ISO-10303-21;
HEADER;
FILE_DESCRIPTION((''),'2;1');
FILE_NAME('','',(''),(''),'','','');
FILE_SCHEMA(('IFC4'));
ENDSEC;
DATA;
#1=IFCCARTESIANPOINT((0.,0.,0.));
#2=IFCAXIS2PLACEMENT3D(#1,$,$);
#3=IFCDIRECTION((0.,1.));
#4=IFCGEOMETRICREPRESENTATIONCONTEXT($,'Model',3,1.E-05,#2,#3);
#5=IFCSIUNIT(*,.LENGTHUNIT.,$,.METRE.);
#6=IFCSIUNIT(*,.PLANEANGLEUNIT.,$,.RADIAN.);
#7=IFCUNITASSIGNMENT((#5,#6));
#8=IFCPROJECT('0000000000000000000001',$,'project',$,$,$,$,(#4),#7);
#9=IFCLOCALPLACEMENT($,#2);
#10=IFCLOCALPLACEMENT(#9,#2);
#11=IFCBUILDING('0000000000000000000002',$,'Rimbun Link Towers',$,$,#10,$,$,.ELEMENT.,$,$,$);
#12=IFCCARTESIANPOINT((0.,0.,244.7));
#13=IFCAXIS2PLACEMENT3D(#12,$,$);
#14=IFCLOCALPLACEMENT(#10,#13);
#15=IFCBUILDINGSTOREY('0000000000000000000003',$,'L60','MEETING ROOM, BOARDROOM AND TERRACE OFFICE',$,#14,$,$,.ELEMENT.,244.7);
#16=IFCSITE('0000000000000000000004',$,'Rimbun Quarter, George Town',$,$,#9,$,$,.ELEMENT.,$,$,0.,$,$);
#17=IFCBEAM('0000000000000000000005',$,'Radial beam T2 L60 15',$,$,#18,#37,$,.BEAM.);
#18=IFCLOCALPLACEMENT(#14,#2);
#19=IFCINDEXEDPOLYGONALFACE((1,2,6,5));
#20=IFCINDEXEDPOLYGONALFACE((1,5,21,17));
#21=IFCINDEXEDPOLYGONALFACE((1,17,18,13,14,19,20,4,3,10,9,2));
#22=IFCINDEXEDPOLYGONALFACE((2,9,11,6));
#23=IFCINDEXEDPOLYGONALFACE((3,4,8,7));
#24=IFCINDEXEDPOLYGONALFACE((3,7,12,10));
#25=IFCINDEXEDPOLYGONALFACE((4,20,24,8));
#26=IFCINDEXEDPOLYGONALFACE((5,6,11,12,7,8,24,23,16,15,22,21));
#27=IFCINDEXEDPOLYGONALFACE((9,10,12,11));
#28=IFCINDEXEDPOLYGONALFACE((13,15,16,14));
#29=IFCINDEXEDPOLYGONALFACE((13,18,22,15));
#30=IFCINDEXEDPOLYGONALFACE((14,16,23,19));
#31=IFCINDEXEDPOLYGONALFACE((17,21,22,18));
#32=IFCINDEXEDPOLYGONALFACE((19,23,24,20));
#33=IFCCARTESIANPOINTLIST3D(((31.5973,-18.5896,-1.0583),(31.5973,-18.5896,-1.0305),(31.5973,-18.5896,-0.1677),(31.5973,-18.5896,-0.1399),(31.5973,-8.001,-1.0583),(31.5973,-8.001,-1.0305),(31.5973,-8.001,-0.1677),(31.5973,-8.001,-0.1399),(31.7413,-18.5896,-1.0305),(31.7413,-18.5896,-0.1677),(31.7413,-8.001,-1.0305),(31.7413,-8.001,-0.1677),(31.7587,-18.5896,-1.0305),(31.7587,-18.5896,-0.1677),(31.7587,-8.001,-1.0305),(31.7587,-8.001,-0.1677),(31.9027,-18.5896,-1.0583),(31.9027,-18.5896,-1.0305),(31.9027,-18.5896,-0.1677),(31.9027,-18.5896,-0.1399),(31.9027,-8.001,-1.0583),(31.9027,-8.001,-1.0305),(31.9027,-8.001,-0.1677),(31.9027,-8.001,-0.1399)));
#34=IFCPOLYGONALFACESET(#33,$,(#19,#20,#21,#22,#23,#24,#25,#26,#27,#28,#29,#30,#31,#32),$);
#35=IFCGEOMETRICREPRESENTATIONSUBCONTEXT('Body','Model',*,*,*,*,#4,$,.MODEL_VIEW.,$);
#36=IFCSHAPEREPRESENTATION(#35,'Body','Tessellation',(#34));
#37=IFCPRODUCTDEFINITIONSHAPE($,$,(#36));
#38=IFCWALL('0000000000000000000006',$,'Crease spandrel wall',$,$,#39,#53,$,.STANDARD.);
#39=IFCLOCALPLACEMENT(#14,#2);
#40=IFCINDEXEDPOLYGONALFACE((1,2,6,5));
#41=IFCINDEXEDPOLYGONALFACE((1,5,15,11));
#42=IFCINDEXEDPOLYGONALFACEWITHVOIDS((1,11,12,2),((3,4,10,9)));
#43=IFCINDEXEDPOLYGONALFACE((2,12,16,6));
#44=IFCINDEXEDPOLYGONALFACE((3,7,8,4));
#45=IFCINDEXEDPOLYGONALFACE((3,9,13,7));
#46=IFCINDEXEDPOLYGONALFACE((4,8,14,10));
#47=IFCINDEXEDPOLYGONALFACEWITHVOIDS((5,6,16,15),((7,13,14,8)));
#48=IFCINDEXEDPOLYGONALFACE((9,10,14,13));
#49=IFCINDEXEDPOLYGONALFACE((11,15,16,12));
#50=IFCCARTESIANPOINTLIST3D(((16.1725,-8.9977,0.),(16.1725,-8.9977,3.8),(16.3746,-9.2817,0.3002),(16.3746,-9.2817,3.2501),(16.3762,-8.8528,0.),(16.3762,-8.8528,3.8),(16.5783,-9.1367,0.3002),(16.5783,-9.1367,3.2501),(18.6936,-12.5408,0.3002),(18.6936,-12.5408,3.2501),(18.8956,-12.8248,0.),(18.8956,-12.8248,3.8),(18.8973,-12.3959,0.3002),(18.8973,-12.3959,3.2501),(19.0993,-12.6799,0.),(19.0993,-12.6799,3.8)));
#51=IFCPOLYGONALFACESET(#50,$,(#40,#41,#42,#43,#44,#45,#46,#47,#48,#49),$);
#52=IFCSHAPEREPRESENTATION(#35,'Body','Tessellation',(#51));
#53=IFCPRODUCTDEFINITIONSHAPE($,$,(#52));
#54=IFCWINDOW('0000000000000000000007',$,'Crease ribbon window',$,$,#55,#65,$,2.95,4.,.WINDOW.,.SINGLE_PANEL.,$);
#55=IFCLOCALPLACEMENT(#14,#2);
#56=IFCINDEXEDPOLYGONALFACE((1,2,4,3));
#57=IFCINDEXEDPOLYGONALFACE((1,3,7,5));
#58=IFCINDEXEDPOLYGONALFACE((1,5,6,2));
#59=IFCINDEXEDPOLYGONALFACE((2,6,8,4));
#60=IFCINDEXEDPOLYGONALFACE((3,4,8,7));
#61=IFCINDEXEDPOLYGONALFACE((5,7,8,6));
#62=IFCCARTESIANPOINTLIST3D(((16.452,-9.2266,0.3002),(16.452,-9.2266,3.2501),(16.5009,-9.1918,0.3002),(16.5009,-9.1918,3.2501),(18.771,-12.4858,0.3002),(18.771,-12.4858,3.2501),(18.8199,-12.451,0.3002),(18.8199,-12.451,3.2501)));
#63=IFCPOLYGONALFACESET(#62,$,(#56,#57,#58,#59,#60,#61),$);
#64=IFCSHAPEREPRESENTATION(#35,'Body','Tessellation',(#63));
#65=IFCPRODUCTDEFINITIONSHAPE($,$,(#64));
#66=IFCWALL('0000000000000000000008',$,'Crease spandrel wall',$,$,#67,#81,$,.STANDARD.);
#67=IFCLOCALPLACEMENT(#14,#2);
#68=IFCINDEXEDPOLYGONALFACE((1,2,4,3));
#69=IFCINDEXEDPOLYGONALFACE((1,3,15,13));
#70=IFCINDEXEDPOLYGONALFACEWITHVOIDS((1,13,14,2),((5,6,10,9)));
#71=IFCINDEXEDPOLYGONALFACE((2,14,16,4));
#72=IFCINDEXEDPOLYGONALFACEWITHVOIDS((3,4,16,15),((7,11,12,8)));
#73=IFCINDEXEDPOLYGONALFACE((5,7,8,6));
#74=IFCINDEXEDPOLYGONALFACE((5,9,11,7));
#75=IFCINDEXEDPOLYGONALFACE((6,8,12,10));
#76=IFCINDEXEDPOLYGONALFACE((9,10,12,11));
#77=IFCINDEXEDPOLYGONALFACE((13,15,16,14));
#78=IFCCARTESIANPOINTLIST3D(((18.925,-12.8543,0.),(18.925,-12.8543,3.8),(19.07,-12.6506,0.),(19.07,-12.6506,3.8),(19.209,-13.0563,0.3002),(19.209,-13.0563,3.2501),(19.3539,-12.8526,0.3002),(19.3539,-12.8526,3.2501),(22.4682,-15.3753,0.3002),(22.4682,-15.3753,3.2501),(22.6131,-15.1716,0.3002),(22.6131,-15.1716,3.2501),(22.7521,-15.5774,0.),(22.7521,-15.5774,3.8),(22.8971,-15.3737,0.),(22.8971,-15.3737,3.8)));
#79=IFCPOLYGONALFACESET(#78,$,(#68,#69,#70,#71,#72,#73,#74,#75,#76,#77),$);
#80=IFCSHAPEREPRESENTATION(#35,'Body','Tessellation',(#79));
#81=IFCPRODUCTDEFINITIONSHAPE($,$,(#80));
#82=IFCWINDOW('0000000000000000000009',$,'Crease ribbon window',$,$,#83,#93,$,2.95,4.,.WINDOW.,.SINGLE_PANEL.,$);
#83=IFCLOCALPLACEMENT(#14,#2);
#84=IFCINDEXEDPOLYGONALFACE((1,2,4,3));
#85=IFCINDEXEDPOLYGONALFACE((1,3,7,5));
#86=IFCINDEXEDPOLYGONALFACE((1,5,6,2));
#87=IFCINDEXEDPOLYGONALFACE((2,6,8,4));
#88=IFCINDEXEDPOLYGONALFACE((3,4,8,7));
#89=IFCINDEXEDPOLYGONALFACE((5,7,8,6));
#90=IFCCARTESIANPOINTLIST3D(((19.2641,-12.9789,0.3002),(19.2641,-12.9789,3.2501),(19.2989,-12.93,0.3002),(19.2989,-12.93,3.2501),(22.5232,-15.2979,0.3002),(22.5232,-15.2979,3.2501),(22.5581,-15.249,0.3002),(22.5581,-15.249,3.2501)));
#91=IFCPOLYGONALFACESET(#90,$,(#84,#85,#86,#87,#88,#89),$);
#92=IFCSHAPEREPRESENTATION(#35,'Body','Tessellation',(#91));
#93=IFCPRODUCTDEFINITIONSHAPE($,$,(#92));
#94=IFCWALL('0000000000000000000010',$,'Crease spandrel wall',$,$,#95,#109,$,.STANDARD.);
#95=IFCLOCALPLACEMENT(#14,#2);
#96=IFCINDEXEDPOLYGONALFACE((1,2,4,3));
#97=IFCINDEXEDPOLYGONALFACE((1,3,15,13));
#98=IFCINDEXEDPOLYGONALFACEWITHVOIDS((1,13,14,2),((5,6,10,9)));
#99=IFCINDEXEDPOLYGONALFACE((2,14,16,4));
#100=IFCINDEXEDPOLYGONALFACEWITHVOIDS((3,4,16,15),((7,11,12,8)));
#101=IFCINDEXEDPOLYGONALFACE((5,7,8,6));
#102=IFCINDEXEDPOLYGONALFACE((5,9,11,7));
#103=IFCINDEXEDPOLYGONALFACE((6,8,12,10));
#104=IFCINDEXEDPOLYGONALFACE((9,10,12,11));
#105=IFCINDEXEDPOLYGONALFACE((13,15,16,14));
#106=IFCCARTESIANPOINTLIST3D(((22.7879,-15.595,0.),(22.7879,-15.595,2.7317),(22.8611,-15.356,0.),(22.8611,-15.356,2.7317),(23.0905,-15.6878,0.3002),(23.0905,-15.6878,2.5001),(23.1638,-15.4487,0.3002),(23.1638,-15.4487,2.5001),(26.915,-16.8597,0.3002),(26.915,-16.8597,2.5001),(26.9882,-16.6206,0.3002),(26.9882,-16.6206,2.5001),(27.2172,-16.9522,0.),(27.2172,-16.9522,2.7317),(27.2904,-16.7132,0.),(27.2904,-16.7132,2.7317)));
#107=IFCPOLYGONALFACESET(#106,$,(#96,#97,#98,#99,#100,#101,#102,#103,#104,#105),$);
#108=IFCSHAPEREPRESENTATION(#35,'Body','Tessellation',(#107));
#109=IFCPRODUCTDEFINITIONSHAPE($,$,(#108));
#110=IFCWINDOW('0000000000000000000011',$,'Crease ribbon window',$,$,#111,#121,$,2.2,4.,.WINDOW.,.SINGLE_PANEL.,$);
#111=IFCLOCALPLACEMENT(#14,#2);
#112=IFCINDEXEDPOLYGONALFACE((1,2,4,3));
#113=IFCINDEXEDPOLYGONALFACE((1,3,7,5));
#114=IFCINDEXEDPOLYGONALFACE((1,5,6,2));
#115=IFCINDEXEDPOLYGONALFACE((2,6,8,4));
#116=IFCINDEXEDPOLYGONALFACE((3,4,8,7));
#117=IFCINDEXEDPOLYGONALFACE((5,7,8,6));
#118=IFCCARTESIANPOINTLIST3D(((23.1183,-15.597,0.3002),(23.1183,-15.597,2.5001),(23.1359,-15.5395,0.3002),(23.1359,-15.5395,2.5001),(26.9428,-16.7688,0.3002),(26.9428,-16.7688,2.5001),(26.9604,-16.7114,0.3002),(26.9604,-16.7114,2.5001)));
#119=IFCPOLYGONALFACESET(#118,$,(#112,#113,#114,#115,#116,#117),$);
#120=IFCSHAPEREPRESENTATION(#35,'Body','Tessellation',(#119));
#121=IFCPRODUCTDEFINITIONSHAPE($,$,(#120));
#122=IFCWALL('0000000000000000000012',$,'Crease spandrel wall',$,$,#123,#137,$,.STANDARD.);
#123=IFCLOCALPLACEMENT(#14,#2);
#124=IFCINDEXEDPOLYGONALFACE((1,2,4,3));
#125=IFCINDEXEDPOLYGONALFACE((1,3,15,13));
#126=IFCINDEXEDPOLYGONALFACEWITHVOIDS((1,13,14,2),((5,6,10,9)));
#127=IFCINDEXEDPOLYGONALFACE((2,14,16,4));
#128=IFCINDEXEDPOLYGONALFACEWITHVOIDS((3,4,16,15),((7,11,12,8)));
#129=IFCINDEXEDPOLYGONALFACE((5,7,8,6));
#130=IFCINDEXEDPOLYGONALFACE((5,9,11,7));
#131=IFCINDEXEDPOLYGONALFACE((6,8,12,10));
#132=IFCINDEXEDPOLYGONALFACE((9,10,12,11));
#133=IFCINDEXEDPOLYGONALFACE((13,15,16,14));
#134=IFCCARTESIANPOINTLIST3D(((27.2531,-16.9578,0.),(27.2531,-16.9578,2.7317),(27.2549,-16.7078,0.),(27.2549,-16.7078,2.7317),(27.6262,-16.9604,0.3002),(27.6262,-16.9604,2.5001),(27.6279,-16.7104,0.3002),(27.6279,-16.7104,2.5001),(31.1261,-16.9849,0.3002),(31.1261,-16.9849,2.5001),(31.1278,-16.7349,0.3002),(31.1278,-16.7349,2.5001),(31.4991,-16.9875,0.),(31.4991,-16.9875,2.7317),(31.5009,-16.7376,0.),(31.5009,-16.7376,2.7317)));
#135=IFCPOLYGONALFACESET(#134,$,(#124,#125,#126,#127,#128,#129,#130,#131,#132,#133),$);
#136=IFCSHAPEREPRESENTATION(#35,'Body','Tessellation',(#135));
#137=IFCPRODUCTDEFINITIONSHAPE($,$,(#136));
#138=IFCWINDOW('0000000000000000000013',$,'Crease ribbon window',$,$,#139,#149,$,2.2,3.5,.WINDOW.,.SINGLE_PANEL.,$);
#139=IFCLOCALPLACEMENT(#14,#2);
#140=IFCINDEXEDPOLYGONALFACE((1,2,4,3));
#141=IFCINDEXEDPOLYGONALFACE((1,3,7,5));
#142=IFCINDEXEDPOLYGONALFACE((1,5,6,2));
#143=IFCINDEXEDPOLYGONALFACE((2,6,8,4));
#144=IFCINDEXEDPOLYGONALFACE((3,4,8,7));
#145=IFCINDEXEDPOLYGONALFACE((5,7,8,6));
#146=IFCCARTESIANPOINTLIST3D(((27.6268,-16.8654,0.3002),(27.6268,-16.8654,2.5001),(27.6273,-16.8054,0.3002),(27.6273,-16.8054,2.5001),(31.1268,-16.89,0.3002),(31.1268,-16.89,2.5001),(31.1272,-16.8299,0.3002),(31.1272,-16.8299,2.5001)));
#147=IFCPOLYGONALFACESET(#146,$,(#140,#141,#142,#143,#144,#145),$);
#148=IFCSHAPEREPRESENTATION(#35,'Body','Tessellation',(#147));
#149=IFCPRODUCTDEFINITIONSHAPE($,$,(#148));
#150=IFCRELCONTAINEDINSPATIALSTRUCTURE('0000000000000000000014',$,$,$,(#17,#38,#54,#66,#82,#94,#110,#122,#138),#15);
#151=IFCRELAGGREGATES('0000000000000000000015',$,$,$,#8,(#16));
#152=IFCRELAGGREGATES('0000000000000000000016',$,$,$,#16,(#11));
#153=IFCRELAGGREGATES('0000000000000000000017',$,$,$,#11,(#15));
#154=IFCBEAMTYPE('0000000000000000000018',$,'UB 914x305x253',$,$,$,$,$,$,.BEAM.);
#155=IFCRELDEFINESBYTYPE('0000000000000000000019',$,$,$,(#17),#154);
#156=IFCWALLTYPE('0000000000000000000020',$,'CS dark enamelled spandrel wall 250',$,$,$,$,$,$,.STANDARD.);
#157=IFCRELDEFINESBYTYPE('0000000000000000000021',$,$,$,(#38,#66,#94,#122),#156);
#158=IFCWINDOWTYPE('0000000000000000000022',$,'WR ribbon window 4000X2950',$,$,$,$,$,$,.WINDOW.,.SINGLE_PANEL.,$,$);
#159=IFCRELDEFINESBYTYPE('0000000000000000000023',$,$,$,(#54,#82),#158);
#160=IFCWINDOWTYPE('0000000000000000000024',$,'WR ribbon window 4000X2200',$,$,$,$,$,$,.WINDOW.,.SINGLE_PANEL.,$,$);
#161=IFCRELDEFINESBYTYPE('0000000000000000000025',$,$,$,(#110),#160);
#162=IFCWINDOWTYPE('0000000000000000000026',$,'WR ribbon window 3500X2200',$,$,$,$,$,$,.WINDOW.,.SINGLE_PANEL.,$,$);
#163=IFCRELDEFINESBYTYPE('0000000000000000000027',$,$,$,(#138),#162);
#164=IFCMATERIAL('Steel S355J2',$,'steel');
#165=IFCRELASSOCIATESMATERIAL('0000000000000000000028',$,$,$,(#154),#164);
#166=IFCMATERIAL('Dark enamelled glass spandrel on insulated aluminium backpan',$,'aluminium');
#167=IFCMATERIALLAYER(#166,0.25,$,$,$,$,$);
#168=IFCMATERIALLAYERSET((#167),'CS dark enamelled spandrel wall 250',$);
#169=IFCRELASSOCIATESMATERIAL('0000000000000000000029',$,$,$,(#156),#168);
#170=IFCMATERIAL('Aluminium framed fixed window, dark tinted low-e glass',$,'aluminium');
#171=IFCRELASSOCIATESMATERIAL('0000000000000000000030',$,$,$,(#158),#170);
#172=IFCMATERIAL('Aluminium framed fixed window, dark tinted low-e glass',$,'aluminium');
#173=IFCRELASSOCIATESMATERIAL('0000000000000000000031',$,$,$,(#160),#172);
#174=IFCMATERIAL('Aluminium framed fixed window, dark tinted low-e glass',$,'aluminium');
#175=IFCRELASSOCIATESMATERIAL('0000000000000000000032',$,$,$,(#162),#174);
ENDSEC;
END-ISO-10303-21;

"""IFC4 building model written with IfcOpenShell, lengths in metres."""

from ifc_helpers import new_model, si_unit, direction, frame, frame_2d, origin, origin_2d, place, context, subcontext, project, spatial, rectangle, i_section, extrude, material, layer, layer_set, material_profile, profile_set, type_object, element, fill, save


model = new_model("IFC4")

# Units and contexts
model_context = context("Model", 3, precision=1e-05, world=origin(), true_north=direction((0.0, 1.0)))
body_context = subcontext(model_context, "Body", "Model", "MODEL_VIEW")
ifc_project = project(units=[si_unit("LENGTHUNIT", "METRE"), si_unit("PLANEANGLEUNIT", "RADIAN")], contexts=[model_context])

# Site, building, storey
site_placement = place(None, origin())
site = spatial("IfcSite", under=ifc_project, at=site_placement, Name="Rimbun Quarter, George Town", CompositionType="ELEMENT", RefElevation=0.0)
building_placement = place(site_placement, origin())
building = spatial("IfcBuilding", under=site, at=building_placement, Name="Rimbun Link Towers", CompositionType="ELEMENT")
storey_placement = place(building_placement, frame((0.0, 0.0, 244.7)))
storey = spatial("IfcBuildingStorey", under=building, at=storey_placement, Name="L60", Description="MEETING ROOM, BOARDROOM AND TERRACE OFFICE", CompositionType="ELEMENT", Elevation=244.7)

# Beam
ifc_material_1 = material(Name="Steel S355J2", Category="steel")
ifc_material_profile_1 = material_profile(ifc_material_1, i_section(OverallWidth=0.3054, OverallDepth=0.9185, WebThickness=0.0173, FlangeThickness=0.0278, at=origin_2d()), Name="UB 914x305x253")
ifc_profile_set_1 = profile_set([ifc_material_profile_1], Name="Steel S355J2")
beam_type_1 = type_object("IfcBeamType", Name="UB 914x305x253", PredefinedType="BEAM", material=ifc_profile_set_1)
beam_1_placement = place(storey_placement, frame((31.75, -8.001, -0.5991), z_axis=(0.0, -1.0, 0.0), x_axis=(1.0, 0.0, 0.0)))
element("IfcBeam", 1, at=beam_1_placement, inside=storey, type_object=beam_type_1, Name="Radial beam T2 L60 15", PredefinedType="BEAM", context=body_context, shape_type="SweptSolid", body=[
    extrude(i_section(OverallWidth=0.3054, OverallDepth=0.9185, WebThickness=0.0173, FlangeThickness=0.0278, at=origin_2d()), origin(), (0.0, 0.0, 1.0), 10.5886),
])

# Walls, openings, windows
ifc_material_2 = material(Name="Dark enamelled glass spandrel on insulated aluminium backpan", Category="aluminium")
ifc_layer_1 = layer(ifc_material_2, 0.25)
ifc_layer_set_1 = layer_set([ifc_layer_1], Name="CS dark enamelled spandrel wall 250")
wall_type_1 = type_object("IfcWallType", Name="CS dark enamelled spandrel wall 250", PredefinedType="STANDARD", material=ifc_layer_set_1)
wall_1_placement = place(storey_placement, frame((18.9976, -12.7524, 0.0), z_axis=(0.0, 0.0, 1.0), x_axis=(-0.579752, 0.814793, 0.0)))
wall_1 = element("IfcWall", 2, at=wall_1_placement, inside=storey, type_object=wall_type_1, Name="Crease spandrel wall", PredefinedType="STANDARD", context=body_context, shape_type="SweptSolid", body=[
    extrude(rectangle(XDim=4.697, YDim=0.25, at=frame_2d((2.3486, 0.0))), origin(), (0.0, 0.0, 1.0), 3.8),
])
opening_1_placement = place(wall_1_placement, frame((0.3486, 0.0, 0.3)))
opening_1 = element("IfcOpeningElement", 3, at=opening_1_placement, cuts=wall_1, PredefinedType="OPENING", context=body_context, shape_type="SweptSolid", body=[
    extrude(rectangle(XDim=4.0, YDim=2.95, at=frame_2d((2.0, 1.4751))), frame((0.0, 0.135, 0.0), z_axis=(0.0, -1.0, 0.0), x_axis=(1.0, 0.0, 0.0)), (0.0, 0.0, 1.0), 0.27),
])
ifc_material_3 = material(Name="Aluminium framed fixed window, dark tinted low-e glass", Category="aluminium")
window_type_1 = type_object("IfcWindowType", Name="WR ribbon window 4000X2950", PartitioningType="SINGLE_PANEL", PredefinedType="WINDOW", material=ifc_material_3)
window_1_placement = place(opening_1_placement, origin())
window_1 = element("IfcWindow", 4, at=window_1_placement, inside=storey, type_object=window_type_1, Name="Crease ribbon window", OverallHeight=2.95, OverallWidth=4.0, PartitioningType="SINGLE_PANEL", PredefinedType="WINDOW", context=body_context, shape_type="SweptSolid", body=[
    extrude(rectangle(XDim=4.0, YDim=2.95, at=frame_2d((2.0, 1.4751))), frame((0.0, 0.03, 0.0), z_axis=(0.0, -1.0, 0.0), x_axis=(1.0, 0.0, 0.0)), (0.0, 0.0, 1.0), 0.0601),
])
fill(opening_1, window_1)
wall_2_placement = place(storey_placement, frame((22.8247, -15.4756, 0.0), z_axis=(0.0, 0.0, 1.0), x_axis=(-0.814793, 0.579752, 0.0)))
wall_2 = element("IfcWall", 5, at=wall_2_placement, inside=storey, type_object=wall_type_1, Name="Crease spandrel wall", PredefinedType="STANDARD", context=body_context, shape_type="SweptSolid", body=[
    extrude(rectangle(XDim=4.697, YDim=0.25, at=frame_2d((2.3486, 0.0))), origin(), (0.0, 0.0, 1.0), 3.8),
])
opening_2_placement = place(wall_2_placement, frame((0.3486, 0.0, 0.3)))
opening_2 = element("IfcOpeningElement", 6, at=opening_2_placement, cuts=wall_2, PredefinedType="OPENING", context=body_context, shape_type="SweptSolid", body=[
    extrude(rectangle(XDim=4.0, YDim=2.95, at=frame_2d((2.0, 1.4751))), frame((0.0, 0.135, 0.0), z_axis=(0.0, -1.0, 0.0), x_axis=(1.0, 0.0, 0.0)), (0.0, 0.0, 1.0), 0.27),
])
window_2_placement = place(opening_2_placement, origin())
window_2 = element("IfcWindow", 7, at=window_2_placement, inside=storey, type_object=window_type_1, Name="Crease ribbon window", OverallHeight=2.95, OverallWidth=4.0, PartitioningType="SINGLE_PANEL", PredefinedType="WINDOW", context=body_context, shape_type="SweptSolid", body=[
    extrude(rectangle(XDim=4.0, YDim=2.95, at=frame_2d((2.0, 1.4751))), frame((0.0, 0.03, 0.0), z_axis=(0.0, -1.0, 0.0), x_axis=(1.0, 0.0, 0.0)), (0.0, 0.0, 1.0), 0.0601),
])
fill(opening_2, window_2)
wall_3_placement = place(storey_placement, frame((27.2539, -16.8328, 0.0), z_axis=(0.0, 0.0, 1.0), x_axis=(-0.956121, 0.292971, 0.0)))
wall_3 = element("IfcWall", 8, at=wall_3_placement, inside=storey, type_object=wall_type_1, Name="Crease spandrel wall", PredefinedType="STANDARD", context=body_context, shape_type="SweptSolid", body=[
    extrude(rectangle(XDim=4.6326, YDim=0.25, at=frame_2d((2.3164, 0.0))), origin(), (0.0, 0.0, 1.0), 2.7317),
])
opening_3_placement = place(wall_3_placement, frame((0.3162, 0.0, 0.3)))
opening_3 = element("IfcOpeningElement", 9, at=opening_3_placement, cuts=wall_3, PredefinedType="OPENING", context=body_context, shape_type="SweptSolid", body=[
    extrude(rectangle(XDim=4.0, YDim=2.2, at=frame_2d((2.0, 1.1001))), frame((0.0, 0.135, 0.0), z_axis=(0.0, -1.0, 0.0), x_axis=(1.0, 0.0, 0.0)), (0.0, 0.0, 1.0), 0.27),
])
ifc_material_4 = material(Name="Aluminium framed fixed window, dark tinted low-e glass", Category="aluminium")
window_type_2 = type_object("IfcWindowType", Name="WR ribbon window 4000X2200", PartitioningType="SINGLE_PANEL", PredefinedType="WINDOW", material=ifc_material_4)
window_3_placement = place(opening_3_placement, origin())
window_3 = element("IfcWindow", 10, at=window_3_placement, inside=storey, type_object=window_type_2, Name="Crease ribbon window", OverallHeight=2.2, OverallWidth=4.0, PartitioningType="SINGLE_PANEL", PredefinedType="WINDOW", context=body_context, shape_type="SweptSolid", body=[
    extrude(rectangle(XDim=4.0, YDim=2.2, at=frame_2d((2.0, 1.1001))), frame((0.0, 0.03, 0.0), z_axis=(0.0, -1.0, 0.0), x_axis=(1.0, 0.0, 0.0)), (0.0, 0.0, 1.0), 0.0601),
])
fill(opening_3, window_3)
wall_4_placement = place(storey_placement, frame((31.5, -16.8625, 0.0), z_axis=(0.0, 0.0, 1.0), x_axis=(-0.999975, 0.007015, 0.0)))
wall_4 = element("IfcWall", 11, at=wall_4_placement, inside=storey, type_object=wall_type_1, Name="Crease spandrel wall", PredefinedType="STANDARD", context=body_context, shape_type="SweptSolid", body=[
    extrude(rectangle(XDim=4.2461, YDim=0.25, at=frame_2d((2.123, 0.0))), origin(), (0.0, 0.0, 1.0), 2.7317),
])
opening_4_placement = place(wall_4_placement, frame((0.373, 0.0, 0.3)))
opening_4 = element("IfcOpeningElement", 12, at=opening_4_placement, cuts=wall_4, PredefinedType="OPENING", context=body_context, shape_type="SweptSolid", body=[
    extrude(rectangle(XDim=3.5, YDim=2.2, at=frame_2d((1.75, 1.1001))), frame((0.0, 0.135, 0.0), z_axis=(0.0, -1.0, 0.0), x_axis=(1.0, 0.0, 0.0)), (0.0, 0.0, 1.0), 0.27),
])
ifc_material_5 = material(Name="Aluminium framed fixed window, dark tinted low-e glass", Category="aluminium")
window_type_3 = type_object("IfcWindowType", Name="WR ribbon window 3500X2200", PartitioningType="SINGLE_PANEL", PredefinedType="WINDOW", material=ifc_material_5)
window_4_placement = place(opening_4_placement, origin())
window_4 = element("IfcWindow", 13, at=window_4_placement, inside=storey, type_object=window_type_3, Name="Crease ribbon window", OverallHeight=2.2, OverallWidth=3.5, PartitioningType="SINGLE_PANEL", PredefinedType="WINDOW", context=body_context, shape_type="SweptSolid", body=[
    extrude(rectangle(XDim=3.5, YDim=2.2, at=frame_2d((1.75, 1.1001))), frame((0.0, 0.03, 0.0), z_axis=(0.0, -1.0, 0.0), x_axis=(1.0, 0.0, 0.0)), (0.0, 0.0, 1.0), 0.0601),
])
fill(opening_4, window_4)

save(model, "model.ifc")
